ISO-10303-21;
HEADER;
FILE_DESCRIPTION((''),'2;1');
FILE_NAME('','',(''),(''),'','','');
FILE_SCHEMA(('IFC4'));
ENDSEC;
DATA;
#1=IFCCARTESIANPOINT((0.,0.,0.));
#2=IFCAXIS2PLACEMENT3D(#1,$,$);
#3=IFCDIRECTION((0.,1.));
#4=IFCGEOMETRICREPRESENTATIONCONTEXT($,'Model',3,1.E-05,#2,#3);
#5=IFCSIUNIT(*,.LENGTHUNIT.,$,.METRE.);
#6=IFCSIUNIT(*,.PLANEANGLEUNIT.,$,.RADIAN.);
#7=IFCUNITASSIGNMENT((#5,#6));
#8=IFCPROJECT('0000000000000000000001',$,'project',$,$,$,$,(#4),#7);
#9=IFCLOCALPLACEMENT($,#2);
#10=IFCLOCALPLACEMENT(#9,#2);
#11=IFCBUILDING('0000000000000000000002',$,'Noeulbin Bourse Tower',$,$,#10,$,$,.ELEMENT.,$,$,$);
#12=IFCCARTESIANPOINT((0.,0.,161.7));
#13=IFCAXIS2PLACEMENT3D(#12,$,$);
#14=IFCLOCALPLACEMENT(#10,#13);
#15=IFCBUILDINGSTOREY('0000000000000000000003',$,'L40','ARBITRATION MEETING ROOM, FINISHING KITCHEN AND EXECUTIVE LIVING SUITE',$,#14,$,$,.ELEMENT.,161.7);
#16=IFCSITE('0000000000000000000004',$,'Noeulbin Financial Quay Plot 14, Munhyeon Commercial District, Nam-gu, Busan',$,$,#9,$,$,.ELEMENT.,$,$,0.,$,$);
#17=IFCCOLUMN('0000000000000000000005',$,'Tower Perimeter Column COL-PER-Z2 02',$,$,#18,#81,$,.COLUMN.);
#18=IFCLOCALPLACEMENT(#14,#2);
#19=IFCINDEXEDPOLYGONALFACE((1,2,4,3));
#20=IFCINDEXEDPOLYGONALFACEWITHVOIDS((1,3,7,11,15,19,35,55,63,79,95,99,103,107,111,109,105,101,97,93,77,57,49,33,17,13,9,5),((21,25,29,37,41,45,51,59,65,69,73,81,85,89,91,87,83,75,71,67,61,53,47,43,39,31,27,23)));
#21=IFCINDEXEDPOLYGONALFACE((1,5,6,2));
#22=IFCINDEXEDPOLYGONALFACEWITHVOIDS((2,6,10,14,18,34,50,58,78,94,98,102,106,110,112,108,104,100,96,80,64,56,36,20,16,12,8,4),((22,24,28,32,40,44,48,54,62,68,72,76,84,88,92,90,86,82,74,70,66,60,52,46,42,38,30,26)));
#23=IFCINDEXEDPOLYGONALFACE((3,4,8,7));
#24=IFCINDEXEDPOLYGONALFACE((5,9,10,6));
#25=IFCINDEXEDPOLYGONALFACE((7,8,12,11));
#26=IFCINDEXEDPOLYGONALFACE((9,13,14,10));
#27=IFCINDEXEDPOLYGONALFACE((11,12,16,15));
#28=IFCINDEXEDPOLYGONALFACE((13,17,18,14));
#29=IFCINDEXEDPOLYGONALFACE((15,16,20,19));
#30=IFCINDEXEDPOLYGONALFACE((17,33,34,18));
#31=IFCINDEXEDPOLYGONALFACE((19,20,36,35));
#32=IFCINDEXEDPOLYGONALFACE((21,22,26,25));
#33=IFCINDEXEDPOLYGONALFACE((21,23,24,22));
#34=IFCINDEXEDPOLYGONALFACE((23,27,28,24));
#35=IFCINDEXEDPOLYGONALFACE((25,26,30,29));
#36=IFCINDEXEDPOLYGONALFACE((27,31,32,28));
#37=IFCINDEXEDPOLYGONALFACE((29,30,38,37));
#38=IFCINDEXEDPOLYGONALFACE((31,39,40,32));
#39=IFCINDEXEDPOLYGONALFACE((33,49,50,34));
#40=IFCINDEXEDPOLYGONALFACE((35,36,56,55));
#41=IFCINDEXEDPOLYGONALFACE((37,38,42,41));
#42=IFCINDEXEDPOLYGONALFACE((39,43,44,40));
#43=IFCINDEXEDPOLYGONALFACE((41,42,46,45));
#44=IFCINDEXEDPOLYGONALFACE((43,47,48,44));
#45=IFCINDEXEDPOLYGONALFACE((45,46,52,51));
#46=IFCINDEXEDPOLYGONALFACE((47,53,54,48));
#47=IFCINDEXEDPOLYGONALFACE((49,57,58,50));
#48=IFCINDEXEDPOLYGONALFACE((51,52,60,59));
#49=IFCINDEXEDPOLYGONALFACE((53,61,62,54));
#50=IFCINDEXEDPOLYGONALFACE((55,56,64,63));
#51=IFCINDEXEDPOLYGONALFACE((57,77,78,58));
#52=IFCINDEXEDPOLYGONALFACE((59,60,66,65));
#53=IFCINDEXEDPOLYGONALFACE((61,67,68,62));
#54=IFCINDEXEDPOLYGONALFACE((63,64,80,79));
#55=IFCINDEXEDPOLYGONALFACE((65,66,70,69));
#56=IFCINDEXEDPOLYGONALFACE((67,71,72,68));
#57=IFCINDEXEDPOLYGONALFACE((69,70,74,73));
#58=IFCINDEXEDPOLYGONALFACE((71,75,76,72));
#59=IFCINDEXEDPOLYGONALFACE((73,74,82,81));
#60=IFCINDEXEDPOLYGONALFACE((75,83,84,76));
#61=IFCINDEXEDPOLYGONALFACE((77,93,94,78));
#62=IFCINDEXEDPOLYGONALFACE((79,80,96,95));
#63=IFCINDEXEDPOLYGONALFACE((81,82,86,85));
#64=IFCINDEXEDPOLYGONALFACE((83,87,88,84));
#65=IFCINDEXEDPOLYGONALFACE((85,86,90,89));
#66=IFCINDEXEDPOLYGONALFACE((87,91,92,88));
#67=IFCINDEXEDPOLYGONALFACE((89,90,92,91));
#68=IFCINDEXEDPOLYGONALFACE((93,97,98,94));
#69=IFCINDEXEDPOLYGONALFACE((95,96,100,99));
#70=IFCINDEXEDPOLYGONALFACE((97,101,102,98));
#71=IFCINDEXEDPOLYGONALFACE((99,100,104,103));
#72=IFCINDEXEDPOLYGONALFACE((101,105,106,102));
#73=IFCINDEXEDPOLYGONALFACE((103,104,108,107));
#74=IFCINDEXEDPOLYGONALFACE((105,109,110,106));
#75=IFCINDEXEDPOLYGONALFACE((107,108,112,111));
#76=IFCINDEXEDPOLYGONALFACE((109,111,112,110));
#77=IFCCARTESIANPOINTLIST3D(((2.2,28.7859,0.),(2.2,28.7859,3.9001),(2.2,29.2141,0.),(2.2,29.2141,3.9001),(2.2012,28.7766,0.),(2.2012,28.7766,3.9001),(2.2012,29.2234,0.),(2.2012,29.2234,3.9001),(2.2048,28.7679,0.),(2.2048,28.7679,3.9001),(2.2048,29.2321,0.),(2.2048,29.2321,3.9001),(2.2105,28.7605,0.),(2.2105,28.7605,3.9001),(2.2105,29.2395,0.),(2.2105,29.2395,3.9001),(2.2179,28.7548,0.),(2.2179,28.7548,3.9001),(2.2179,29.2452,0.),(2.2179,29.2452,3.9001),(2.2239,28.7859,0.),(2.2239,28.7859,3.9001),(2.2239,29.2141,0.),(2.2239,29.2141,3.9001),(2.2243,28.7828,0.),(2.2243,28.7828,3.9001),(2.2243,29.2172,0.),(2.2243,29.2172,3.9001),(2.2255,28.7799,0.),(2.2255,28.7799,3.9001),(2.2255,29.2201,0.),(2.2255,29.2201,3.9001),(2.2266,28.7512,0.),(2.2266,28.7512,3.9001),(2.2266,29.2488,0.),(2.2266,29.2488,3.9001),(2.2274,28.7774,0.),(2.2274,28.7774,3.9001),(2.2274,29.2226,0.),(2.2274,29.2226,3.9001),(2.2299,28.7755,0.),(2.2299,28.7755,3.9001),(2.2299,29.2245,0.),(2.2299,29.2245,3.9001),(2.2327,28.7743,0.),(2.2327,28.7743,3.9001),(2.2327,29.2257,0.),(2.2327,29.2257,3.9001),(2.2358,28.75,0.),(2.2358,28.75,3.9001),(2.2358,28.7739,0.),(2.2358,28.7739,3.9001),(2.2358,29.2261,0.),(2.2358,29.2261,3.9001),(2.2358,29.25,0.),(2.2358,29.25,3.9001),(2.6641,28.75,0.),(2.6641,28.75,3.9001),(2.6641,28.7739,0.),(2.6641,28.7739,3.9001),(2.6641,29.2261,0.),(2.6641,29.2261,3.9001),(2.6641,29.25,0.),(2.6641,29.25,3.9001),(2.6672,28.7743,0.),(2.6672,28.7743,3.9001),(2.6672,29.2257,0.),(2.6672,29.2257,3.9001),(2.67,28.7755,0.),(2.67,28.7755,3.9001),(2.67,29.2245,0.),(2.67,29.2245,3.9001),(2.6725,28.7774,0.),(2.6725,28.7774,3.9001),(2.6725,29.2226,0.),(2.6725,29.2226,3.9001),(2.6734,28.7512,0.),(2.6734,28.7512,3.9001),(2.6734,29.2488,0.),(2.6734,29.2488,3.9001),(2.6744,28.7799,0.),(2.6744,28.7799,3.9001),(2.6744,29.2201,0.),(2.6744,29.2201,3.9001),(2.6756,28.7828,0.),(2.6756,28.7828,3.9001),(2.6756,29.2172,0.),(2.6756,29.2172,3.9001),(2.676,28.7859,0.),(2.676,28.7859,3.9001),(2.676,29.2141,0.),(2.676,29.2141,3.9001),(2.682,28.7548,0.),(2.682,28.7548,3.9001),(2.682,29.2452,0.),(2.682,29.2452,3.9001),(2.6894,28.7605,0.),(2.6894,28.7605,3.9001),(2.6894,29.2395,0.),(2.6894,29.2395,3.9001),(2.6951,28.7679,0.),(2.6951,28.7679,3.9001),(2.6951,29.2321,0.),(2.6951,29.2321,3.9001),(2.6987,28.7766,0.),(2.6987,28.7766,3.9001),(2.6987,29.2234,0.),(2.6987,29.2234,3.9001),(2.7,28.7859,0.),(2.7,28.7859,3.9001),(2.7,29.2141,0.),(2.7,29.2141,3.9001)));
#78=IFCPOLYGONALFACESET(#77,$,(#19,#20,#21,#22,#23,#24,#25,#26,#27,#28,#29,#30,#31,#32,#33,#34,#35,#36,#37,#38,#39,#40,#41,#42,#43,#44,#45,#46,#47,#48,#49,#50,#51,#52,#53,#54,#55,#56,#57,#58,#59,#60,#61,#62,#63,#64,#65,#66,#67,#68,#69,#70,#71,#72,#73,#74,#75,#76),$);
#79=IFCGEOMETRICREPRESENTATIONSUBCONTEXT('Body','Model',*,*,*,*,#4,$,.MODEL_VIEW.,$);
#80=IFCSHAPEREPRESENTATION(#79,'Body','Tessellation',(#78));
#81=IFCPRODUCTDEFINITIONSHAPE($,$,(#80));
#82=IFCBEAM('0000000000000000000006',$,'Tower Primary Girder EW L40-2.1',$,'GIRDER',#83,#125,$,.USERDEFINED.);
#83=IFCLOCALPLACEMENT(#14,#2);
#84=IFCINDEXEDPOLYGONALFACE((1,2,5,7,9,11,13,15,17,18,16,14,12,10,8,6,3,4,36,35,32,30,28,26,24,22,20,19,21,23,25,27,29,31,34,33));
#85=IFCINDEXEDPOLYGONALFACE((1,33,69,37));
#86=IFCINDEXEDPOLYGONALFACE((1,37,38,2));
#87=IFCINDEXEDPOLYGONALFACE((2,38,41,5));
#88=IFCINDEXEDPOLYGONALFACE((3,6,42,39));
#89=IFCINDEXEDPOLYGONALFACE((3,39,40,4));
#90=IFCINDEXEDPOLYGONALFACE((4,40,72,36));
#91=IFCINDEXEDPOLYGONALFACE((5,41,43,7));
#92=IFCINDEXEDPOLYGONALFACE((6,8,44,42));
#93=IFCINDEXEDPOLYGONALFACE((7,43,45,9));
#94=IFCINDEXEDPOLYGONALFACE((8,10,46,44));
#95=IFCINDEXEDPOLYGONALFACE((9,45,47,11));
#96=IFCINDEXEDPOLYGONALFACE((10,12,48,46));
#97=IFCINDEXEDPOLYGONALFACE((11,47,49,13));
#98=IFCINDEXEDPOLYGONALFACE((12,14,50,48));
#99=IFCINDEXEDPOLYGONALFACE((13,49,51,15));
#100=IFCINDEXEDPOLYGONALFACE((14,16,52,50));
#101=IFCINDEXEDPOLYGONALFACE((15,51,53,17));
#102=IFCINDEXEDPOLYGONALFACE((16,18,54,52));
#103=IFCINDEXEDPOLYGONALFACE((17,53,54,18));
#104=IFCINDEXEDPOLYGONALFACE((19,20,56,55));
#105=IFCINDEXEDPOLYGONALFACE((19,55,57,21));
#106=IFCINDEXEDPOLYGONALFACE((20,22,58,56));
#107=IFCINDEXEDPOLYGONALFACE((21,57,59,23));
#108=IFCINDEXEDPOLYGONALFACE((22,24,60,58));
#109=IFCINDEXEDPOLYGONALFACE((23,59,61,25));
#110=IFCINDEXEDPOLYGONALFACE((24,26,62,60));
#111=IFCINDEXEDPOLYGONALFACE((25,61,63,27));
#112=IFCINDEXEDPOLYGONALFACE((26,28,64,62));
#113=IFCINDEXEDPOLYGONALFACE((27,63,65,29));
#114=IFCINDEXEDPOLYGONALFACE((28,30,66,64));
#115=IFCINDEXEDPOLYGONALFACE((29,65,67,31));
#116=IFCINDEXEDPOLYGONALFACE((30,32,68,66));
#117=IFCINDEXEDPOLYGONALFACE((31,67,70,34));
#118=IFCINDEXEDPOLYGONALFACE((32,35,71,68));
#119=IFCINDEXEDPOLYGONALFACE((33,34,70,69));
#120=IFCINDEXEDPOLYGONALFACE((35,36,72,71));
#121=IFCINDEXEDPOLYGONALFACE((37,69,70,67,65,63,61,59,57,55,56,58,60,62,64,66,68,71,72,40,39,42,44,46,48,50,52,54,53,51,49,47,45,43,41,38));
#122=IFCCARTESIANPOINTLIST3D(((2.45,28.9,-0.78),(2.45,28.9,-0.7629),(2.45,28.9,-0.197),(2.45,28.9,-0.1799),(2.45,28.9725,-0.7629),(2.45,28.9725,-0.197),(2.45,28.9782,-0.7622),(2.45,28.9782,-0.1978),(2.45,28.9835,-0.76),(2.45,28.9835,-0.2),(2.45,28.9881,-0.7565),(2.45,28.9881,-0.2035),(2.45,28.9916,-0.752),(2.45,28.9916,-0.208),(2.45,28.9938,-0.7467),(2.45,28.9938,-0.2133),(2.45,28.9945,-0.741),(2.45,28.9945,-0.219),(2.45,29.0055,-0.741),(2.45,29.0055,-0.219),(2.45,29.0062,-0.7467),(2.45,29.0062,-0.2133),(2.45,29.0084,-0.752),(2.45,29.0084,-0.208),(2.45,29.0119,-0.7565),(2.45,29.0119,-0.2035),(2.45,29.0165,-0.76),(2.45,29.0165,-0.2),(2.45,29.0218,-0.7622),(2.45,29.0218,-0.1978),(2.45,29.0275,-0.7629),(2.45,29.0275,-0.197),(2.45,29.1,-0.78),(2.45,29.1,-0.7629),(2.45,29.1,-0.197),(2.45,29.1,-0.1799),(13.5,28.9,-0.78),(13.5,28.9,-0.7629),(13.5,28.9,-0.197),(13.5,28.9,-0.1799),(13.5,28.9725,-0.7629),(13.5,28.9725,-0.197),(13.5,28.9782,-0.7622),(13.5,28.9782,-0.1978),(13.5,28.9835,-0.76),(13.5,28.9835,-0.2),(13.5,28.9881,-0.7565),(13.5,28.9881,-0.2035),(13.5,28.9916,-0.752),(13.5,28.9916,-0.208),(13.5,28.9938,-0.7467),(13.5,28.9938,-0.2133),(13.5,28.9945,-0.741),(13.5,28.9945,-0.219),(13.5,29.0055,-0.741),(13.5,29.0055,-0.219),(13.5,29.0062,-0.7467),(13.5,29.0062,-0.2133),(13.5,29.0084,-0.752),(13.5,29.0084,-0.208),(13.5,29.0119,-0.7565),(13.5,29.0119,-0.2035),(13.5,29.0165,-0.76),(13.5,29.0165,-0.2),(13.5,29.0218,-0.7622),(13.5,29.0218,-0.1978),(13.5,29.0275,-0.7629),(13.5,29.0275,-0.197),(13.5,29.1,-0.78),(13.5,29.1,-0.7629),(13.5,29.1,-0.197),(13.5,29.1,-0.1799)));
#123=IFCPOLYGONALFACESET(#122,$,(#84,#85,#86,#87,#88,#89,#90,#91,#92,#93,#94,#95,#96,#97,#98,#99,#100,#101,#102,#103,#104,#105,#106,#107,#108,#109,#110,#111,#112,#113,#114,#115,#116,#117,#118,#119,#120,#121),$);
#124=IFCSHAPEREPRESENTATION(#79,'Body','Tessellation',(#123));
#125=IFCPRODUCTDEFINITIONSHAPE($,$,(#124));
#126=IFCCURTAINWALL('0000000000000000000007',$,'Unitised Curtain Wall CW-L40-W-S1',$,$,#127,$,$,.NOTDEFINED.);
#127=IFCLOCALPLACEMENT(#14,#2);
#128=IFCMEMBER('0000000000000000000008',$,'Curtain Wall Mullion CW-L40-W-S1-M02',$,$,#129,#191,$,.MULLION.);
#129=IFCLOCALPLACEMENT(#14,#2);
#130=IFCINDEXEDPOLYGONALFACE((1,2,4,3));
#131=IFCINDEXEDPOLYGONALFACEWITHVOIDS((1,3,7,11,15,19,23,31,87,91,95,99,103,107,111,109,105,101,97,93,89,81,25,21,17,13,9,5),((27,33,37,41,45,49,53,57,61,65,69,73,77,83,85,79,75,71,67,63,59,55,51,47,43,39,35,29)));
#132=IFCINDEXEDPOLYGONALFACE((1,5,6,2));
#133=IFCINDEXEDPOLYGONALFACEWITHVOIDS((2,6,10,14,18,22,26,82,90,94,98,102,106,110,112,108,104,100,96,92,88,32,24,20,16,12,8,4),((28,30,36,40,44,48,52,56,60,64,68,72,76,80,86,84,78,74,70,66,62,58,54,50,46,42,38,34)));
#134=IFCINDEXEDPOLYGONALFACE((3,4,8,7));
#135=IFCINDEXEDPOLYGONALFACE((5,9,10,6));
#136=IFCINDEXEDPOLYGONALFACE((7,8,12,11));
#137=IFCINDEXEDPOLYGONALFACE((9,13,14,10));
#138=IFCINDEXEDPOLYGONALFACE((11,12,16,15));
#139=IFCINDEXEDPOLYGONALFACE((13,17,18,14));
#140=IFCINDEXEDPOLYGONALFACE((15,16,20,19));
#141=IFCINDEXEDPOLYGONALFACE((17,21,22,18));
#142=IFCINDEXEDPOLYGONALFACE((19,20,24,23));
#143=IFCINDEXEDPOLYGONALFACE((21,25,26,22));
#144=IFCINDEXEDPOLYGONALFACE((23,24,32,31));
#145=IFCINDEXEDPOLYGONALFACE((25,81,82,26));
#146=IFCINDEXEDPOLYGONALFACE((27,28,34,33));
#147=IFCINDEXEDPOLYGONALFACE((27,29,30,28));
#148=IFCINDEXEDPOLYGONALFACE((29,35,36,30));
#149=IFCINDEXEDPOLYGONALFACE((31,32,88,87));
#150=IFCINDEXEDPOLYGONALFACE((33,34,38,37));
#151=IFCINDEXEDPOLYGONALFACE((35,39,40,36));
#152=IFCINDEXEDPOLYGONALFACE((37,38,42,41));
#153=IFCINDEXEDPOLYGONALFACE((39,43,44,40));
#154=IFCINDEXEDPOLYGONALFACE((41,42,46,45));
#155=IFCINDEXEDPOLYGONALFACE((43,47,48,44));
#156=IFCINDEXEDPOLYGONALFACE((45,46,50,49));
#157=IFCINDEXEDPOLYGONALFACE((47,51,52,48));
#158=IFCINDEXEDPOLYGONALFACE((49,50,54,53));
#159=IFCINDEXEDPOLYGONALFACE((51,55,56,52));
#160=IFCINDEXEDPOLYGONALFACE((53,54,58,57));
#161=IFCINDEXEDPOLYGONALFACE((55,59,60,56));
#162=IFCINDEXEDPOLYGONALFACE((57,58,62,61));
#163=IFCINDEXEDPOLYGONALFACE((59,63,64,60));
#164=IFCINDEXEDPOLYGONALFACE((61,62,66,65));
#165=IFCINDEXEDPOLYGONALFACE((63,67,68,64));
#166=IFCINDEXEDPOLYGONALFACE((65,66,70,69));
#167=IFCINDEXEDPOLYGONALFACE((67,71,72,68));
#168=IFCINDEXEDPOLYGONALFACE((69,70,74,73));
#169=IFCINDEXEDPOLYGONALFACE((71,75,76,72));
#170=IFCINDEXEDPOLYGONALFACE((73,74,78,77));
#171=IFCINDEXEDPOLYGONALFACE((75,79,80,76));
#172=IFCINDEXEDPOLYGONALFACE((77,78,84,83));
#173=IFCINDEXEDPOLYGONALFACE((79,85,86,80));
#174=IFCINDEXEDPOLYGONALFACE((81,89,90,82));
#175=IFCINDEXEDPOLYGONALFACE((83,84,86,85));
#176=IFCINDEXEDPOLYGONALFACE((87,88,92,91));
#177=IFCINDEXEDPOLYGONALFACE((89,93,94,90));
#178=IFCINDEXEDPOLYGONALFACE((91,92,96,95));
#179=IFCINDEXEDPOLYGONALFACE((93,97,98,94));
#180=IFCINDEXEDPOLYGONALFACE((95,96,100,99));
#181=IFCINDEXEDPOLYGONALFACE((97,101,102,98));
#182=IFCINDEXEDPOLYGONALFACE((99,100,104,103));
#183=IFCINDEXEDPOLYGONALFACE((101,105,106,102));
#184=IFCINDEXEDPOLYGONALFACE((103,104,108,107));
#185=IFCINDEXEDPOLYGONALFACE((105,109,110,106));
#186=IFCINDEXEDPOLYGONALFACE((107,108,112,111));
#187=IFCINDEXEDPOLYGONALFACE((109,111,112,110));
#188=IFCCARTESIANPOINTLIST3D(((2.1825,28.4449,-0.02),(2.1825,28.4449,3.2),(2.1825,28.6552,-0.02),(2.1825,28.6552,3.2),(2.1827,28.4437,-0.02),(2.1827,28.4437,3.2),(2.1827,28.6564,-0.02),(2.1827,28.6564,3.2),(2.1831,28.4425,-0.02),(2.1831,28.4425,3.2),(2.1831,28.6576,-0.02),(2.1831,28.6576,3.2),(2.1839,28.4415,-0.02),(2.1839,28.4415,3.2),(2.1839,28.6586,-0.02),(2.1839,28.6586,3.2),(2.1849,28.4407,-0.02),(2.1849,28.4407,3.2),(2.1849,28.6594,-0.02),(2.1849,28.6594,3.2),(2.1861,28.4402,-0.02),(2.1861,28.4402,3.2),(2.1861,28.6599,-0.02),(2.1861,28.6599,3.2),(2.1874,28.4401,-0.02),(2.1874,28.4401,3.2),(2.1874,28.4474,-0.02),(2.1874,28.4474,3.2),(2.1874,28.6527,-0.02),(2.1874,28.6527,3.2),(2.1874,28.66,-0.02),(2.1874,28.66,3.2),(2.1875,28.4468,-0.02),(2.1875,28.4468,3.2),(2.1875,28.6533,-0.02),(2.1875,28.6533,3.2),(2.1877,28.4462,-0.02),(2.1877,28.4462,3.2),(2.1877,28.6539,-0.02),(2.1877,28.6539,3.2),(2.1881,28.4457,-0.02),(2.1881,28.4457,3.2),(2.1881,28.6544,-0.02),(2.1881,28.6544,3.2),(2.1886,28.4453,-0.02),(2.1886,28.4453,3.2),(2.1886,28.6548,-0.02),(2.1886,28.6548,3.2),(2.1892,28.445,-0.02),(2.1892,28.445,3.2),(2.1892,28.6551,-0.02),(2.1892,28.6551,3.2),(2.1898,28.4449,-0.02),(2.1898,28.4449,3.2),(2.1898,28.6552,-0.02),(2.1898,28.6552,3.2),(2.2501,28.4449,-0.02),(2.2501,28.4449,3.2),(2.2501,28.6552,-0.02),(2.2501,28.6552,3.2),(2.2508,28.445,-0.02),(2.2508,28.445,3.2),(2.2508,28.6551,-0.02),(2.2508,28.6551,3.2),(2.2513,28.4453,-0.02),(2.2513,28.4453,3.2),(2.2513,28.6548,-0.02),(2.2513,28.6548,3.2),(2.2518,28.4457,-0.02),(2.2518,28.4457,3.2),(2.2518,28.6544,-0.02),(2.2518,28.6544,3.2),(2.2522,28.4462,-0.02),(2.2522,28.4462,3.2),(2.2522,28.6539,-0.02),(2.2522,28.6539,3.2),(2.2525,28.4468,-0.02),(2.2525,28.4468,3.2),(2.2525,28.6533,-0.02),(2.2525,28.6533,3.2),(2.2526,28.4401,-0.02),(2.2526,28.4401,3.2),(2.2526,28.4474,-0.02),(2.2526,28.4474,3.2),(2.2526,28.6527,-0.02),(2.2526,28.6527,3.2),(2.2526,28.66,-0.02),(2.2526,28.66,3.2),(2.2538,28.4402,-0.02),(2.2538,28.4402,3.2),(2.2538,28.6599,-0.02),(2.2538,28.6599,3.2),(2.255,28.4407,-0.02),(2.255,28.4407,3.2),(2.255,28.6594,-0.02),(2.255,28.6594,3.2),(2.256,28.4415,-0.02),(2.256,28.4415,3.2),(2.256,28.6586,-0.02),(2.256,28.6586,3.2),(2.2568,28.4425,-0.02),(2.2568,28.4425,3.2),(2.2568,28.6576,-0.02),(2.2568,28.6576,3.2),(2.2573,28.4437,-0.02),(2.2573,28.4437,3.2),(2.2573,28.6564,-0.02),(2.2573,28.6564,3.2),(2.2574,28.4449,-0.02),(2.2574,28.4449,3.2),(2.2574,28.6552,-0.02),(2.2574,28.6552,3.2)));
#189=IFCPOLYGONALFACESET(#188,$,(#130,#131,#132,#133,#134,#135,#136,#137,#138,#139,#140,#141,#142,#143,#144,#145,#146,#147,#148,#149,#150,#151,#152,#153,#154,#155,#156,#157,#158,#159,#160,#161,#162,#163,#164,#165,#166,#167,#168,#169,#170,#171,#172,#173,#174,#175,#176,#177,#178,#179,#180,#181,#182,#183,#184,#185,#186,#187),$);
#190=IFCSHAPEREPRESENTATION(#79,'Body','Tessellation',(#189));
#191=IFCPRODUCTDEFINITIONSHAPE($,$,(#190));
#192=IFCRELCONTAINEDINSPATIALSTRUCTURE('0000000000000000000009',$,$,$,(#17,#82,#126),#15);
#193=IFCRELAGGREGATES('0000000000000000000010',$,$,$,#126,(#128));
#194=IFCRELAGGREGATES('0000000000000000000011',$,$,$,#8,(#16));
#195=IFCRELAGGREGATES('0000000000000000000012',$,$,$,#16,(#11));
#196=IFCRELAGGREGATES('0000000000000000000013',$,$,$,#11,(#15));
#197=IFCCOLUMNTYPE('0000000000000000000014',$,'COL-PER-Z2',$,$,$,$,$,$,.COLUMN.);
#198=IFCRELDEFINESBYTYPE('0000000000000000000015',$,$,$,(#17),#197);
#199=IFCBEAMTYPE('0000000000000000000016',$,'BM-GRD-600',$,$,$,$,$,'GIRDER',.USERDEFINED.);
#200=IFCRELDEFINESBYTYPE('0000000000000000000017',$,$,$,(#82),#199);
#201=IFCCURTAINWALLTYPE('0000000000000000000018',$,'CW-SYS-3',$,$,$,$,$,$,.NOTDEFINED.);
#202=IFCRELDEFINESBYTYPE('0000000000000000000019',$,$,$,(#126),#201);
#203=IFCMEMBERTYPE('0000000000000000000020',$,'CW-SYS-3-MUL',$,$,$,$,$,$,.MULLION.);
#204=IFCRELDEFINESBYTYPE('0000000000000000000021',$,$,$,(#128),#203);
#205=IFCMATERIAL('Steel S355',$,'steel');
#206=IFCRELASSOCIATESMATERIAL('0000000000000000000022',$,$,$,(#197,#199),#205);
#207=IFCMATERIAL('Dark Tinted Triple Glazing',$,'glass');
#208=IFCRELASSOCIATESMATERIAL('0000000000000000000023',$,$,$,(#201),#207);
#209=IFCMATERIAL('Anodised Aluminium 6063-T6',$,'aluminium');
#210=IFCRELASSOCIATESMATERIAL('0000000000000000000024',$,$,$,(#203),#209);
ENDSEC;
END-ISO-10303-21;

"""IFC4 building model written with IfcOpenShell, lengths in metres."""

from ifc_helpers import new_model, si_unit, direction, frame, origin, origin_2d, place, context, subcontext, project, spatial, hollow_rectangle, i_section, extrude, material, material_profile, profile_set, type_object, element, aggregate, save


model = new_model("IFC4")

# Units and contexts
model_context = context("Model", 3, precision=1e-05, world=origin(), true_north=direction((0.0, 1.0)))
body_context = subcontext(model_context, "Body", "Model", "MODEL_VIEW")
ifc_project = project(units=[si_unit("LENGTHUNIT", "METRE"), si_unit("PLANEANGLEUNIT", "RADIAN")], contexts=[model_context])

# Site, building, storey
site_placement = place(None, origin())
site = spatial("IfcSite", under=ifc_project, at=site_placement, Name="Noeulbin Financial Quay Plot 14, Munhyeon Commercial District, Nam-gu, Busan", CompositionType="ELEMENT", RefElevation=0.0)
building_placement = place(site_placement, origin())
building = spatial("IfcBuilding", under=site, at=building_placement, Name="Noeulbin Bourse Tower", CompositionType="ELEMENT")
storey_placement = place(building_placement, frame((0.0, 0.0, 161.7)))
storey = spatial("IfcBuildingStorey", under=building, at=storey_placement, Name="L40", Description="ARBITRATION MEETING ROOM, FINISHING KITCHEN AND EXECUTIVE LIVING SUITE", CompositionType="ELEMENT", Elevation=161.7)

# Column
ifc_material_1 = material(Name="Steel S355", Category="steel")
ifc_material_profile_1 = material_profile(ifc_material_1, hollow_rectangle(XDim=0.5, YDim=0.5, WallThickness=0.0239, InnerFilletRadius=0.012, OuterFilletRadius=0.0359, at=origin_2d()), Name="BOX-500x500x24", Category="LoadBearing")
ifc_profile_set_1 = profile_set([ifc_material_profile_1], Name="Steel S355")
column_type = type_object("IfcColumnType", Name="COL-PER-Z2", PredefinedType="COLUMN", material=ifc_profile_set_1)
column_placement = place(storey_placement, frame((2.45, 29.0, 0.0), z_axis=(0.0, 0.0, 1.0), x_axis=(1.0, 0.0, 0.0)))
element("IfcColumn", 1, at=column_placement, inside=storey, type_object=column_type, Name="Tower Perimeter Column COL-PER-Z2 02", PredefinedType="COLUMN", context=body_context, shape_type="SweptSolid", body=[
    extrude(hollow_rectangle(XDim=0.5, YDim=0.5, WallThickness=0.0239, InnerFilletRadius=0.012, OuterFilletRadius=0.0359, at=origin_2d()), origin(), (0.0, 0.0, 1.0), 3.9001),
])

# Beam
ifc_material_profile_2 = material_profile(ifc_material_1, i_section(OverallWidth=0.2, OverallDepth=0.6001, WebThickness=0.011, FlangeThickness=0.0171, FilletRadius=0.022, at=origin_2d()), Name="H-600x200x11x17", Category="LoadBearing")
ifc_profile_set_2 = profile_set([ifc_material_profile_2], Name="Steel S355")
beam_type = type_object("IfcBeamType", Name="BM-GRD-600", ElementType="GIRDER", PredefinedType="USERDEFINED", material=ifc_profile_set_2)
beam_placement = place(storey_placement, frame((2.45, 29.0, -0.48), z_axis=(1.0, 0.0, 0.0), x_axis=(0.0, 1.0, 0.0)))
element("IfcBeam", 2, at=beam_placement, inside=storey, type_object=beam_type, Name="Tower Primary Girder EW L40-2.1", ObjectType="GIRDER", PredefinedType="USERDEFINED", context=body_context, shape_type="SweptSolid", body=[
    extrude(i_section(OverallWidth=0.2, OverallDepth=0.6001, WebThickness=0.011, FlangeThickness=0.0171, FilletRadius=0.022, at=origin_2d()), origin(), (0.0, 0.0, 1.0), 11.05),
])

# Curtain wall, member
ifc_material_2 = material(Name="Dark Tinted Triple Glazing", Category="glass")
curtain_wall_type = type_object("IfcCurtainWallType", Name="CW-SYS-3", PredefinedType="NOTDEFINED", material=ifc_material_2)
curtain_wall_1_placement = place(storey_placement, origin())
curtain_wall_1 = element("IfcCurtainWall", 3, at=curtain_wall_1_placement, inside=storey, type_object=curtain_wall_type, Name="Unitised Curtain Wall CW-L40-W-S1", PredefinedType="NOTDEFINED")
ifc_material_3 = material(Name="Anodised Aluminium 6063-T6", Category="aluminium")
ifc_material_profile_3 = material_profile(ifc_material_3, hollow_rectangle(XDim=0.075, YDim=0.22, WallThickness=0.0049, InnerFilletRadius=0.0024, OuterFilletRadius=0.0049, at=origin_2d()), Name="ALU-MULL-75x220x5", Category="LoadBearing")
ifc_profile_set_3 = profile_set([ifc_material_profile_3], Name="Anodised Aluminium 6063-T6")
member_type_1 = type_object("IfcMemberType", Name="CW-SYS-3-MUL", PredefinedType="MULLION", material=ifc_profile_set_3)
member_1_placement = place(storey_placement, frame((2.22, 28.55, -0.02), z_axis=(0.0, 0.0, 1.0), x_axis=(1.0, 0.0, 0.0)))
member_1 = element("IfcMember", 4, at=member_1_placement, type_object=member_type_1, Name="Curtain Wall Mullion CW-L40-W-S1-M02", PredefinedType="MULLION", context=body_context, shape_type="SweptSolid", body=[
    extrude(hollow_rectangle(XDim=0.075, YDim=0.22, WallThickness=0.0049, InnerFilletRadius=0.0024, OuterFilletRadius=0.0049, at=origin_2d()), origin(), (0.0, 0.0, 1.0), 3.22),
])

aggregate(curtain_wall_1, [member_1])

save(model, "model.ifc")
